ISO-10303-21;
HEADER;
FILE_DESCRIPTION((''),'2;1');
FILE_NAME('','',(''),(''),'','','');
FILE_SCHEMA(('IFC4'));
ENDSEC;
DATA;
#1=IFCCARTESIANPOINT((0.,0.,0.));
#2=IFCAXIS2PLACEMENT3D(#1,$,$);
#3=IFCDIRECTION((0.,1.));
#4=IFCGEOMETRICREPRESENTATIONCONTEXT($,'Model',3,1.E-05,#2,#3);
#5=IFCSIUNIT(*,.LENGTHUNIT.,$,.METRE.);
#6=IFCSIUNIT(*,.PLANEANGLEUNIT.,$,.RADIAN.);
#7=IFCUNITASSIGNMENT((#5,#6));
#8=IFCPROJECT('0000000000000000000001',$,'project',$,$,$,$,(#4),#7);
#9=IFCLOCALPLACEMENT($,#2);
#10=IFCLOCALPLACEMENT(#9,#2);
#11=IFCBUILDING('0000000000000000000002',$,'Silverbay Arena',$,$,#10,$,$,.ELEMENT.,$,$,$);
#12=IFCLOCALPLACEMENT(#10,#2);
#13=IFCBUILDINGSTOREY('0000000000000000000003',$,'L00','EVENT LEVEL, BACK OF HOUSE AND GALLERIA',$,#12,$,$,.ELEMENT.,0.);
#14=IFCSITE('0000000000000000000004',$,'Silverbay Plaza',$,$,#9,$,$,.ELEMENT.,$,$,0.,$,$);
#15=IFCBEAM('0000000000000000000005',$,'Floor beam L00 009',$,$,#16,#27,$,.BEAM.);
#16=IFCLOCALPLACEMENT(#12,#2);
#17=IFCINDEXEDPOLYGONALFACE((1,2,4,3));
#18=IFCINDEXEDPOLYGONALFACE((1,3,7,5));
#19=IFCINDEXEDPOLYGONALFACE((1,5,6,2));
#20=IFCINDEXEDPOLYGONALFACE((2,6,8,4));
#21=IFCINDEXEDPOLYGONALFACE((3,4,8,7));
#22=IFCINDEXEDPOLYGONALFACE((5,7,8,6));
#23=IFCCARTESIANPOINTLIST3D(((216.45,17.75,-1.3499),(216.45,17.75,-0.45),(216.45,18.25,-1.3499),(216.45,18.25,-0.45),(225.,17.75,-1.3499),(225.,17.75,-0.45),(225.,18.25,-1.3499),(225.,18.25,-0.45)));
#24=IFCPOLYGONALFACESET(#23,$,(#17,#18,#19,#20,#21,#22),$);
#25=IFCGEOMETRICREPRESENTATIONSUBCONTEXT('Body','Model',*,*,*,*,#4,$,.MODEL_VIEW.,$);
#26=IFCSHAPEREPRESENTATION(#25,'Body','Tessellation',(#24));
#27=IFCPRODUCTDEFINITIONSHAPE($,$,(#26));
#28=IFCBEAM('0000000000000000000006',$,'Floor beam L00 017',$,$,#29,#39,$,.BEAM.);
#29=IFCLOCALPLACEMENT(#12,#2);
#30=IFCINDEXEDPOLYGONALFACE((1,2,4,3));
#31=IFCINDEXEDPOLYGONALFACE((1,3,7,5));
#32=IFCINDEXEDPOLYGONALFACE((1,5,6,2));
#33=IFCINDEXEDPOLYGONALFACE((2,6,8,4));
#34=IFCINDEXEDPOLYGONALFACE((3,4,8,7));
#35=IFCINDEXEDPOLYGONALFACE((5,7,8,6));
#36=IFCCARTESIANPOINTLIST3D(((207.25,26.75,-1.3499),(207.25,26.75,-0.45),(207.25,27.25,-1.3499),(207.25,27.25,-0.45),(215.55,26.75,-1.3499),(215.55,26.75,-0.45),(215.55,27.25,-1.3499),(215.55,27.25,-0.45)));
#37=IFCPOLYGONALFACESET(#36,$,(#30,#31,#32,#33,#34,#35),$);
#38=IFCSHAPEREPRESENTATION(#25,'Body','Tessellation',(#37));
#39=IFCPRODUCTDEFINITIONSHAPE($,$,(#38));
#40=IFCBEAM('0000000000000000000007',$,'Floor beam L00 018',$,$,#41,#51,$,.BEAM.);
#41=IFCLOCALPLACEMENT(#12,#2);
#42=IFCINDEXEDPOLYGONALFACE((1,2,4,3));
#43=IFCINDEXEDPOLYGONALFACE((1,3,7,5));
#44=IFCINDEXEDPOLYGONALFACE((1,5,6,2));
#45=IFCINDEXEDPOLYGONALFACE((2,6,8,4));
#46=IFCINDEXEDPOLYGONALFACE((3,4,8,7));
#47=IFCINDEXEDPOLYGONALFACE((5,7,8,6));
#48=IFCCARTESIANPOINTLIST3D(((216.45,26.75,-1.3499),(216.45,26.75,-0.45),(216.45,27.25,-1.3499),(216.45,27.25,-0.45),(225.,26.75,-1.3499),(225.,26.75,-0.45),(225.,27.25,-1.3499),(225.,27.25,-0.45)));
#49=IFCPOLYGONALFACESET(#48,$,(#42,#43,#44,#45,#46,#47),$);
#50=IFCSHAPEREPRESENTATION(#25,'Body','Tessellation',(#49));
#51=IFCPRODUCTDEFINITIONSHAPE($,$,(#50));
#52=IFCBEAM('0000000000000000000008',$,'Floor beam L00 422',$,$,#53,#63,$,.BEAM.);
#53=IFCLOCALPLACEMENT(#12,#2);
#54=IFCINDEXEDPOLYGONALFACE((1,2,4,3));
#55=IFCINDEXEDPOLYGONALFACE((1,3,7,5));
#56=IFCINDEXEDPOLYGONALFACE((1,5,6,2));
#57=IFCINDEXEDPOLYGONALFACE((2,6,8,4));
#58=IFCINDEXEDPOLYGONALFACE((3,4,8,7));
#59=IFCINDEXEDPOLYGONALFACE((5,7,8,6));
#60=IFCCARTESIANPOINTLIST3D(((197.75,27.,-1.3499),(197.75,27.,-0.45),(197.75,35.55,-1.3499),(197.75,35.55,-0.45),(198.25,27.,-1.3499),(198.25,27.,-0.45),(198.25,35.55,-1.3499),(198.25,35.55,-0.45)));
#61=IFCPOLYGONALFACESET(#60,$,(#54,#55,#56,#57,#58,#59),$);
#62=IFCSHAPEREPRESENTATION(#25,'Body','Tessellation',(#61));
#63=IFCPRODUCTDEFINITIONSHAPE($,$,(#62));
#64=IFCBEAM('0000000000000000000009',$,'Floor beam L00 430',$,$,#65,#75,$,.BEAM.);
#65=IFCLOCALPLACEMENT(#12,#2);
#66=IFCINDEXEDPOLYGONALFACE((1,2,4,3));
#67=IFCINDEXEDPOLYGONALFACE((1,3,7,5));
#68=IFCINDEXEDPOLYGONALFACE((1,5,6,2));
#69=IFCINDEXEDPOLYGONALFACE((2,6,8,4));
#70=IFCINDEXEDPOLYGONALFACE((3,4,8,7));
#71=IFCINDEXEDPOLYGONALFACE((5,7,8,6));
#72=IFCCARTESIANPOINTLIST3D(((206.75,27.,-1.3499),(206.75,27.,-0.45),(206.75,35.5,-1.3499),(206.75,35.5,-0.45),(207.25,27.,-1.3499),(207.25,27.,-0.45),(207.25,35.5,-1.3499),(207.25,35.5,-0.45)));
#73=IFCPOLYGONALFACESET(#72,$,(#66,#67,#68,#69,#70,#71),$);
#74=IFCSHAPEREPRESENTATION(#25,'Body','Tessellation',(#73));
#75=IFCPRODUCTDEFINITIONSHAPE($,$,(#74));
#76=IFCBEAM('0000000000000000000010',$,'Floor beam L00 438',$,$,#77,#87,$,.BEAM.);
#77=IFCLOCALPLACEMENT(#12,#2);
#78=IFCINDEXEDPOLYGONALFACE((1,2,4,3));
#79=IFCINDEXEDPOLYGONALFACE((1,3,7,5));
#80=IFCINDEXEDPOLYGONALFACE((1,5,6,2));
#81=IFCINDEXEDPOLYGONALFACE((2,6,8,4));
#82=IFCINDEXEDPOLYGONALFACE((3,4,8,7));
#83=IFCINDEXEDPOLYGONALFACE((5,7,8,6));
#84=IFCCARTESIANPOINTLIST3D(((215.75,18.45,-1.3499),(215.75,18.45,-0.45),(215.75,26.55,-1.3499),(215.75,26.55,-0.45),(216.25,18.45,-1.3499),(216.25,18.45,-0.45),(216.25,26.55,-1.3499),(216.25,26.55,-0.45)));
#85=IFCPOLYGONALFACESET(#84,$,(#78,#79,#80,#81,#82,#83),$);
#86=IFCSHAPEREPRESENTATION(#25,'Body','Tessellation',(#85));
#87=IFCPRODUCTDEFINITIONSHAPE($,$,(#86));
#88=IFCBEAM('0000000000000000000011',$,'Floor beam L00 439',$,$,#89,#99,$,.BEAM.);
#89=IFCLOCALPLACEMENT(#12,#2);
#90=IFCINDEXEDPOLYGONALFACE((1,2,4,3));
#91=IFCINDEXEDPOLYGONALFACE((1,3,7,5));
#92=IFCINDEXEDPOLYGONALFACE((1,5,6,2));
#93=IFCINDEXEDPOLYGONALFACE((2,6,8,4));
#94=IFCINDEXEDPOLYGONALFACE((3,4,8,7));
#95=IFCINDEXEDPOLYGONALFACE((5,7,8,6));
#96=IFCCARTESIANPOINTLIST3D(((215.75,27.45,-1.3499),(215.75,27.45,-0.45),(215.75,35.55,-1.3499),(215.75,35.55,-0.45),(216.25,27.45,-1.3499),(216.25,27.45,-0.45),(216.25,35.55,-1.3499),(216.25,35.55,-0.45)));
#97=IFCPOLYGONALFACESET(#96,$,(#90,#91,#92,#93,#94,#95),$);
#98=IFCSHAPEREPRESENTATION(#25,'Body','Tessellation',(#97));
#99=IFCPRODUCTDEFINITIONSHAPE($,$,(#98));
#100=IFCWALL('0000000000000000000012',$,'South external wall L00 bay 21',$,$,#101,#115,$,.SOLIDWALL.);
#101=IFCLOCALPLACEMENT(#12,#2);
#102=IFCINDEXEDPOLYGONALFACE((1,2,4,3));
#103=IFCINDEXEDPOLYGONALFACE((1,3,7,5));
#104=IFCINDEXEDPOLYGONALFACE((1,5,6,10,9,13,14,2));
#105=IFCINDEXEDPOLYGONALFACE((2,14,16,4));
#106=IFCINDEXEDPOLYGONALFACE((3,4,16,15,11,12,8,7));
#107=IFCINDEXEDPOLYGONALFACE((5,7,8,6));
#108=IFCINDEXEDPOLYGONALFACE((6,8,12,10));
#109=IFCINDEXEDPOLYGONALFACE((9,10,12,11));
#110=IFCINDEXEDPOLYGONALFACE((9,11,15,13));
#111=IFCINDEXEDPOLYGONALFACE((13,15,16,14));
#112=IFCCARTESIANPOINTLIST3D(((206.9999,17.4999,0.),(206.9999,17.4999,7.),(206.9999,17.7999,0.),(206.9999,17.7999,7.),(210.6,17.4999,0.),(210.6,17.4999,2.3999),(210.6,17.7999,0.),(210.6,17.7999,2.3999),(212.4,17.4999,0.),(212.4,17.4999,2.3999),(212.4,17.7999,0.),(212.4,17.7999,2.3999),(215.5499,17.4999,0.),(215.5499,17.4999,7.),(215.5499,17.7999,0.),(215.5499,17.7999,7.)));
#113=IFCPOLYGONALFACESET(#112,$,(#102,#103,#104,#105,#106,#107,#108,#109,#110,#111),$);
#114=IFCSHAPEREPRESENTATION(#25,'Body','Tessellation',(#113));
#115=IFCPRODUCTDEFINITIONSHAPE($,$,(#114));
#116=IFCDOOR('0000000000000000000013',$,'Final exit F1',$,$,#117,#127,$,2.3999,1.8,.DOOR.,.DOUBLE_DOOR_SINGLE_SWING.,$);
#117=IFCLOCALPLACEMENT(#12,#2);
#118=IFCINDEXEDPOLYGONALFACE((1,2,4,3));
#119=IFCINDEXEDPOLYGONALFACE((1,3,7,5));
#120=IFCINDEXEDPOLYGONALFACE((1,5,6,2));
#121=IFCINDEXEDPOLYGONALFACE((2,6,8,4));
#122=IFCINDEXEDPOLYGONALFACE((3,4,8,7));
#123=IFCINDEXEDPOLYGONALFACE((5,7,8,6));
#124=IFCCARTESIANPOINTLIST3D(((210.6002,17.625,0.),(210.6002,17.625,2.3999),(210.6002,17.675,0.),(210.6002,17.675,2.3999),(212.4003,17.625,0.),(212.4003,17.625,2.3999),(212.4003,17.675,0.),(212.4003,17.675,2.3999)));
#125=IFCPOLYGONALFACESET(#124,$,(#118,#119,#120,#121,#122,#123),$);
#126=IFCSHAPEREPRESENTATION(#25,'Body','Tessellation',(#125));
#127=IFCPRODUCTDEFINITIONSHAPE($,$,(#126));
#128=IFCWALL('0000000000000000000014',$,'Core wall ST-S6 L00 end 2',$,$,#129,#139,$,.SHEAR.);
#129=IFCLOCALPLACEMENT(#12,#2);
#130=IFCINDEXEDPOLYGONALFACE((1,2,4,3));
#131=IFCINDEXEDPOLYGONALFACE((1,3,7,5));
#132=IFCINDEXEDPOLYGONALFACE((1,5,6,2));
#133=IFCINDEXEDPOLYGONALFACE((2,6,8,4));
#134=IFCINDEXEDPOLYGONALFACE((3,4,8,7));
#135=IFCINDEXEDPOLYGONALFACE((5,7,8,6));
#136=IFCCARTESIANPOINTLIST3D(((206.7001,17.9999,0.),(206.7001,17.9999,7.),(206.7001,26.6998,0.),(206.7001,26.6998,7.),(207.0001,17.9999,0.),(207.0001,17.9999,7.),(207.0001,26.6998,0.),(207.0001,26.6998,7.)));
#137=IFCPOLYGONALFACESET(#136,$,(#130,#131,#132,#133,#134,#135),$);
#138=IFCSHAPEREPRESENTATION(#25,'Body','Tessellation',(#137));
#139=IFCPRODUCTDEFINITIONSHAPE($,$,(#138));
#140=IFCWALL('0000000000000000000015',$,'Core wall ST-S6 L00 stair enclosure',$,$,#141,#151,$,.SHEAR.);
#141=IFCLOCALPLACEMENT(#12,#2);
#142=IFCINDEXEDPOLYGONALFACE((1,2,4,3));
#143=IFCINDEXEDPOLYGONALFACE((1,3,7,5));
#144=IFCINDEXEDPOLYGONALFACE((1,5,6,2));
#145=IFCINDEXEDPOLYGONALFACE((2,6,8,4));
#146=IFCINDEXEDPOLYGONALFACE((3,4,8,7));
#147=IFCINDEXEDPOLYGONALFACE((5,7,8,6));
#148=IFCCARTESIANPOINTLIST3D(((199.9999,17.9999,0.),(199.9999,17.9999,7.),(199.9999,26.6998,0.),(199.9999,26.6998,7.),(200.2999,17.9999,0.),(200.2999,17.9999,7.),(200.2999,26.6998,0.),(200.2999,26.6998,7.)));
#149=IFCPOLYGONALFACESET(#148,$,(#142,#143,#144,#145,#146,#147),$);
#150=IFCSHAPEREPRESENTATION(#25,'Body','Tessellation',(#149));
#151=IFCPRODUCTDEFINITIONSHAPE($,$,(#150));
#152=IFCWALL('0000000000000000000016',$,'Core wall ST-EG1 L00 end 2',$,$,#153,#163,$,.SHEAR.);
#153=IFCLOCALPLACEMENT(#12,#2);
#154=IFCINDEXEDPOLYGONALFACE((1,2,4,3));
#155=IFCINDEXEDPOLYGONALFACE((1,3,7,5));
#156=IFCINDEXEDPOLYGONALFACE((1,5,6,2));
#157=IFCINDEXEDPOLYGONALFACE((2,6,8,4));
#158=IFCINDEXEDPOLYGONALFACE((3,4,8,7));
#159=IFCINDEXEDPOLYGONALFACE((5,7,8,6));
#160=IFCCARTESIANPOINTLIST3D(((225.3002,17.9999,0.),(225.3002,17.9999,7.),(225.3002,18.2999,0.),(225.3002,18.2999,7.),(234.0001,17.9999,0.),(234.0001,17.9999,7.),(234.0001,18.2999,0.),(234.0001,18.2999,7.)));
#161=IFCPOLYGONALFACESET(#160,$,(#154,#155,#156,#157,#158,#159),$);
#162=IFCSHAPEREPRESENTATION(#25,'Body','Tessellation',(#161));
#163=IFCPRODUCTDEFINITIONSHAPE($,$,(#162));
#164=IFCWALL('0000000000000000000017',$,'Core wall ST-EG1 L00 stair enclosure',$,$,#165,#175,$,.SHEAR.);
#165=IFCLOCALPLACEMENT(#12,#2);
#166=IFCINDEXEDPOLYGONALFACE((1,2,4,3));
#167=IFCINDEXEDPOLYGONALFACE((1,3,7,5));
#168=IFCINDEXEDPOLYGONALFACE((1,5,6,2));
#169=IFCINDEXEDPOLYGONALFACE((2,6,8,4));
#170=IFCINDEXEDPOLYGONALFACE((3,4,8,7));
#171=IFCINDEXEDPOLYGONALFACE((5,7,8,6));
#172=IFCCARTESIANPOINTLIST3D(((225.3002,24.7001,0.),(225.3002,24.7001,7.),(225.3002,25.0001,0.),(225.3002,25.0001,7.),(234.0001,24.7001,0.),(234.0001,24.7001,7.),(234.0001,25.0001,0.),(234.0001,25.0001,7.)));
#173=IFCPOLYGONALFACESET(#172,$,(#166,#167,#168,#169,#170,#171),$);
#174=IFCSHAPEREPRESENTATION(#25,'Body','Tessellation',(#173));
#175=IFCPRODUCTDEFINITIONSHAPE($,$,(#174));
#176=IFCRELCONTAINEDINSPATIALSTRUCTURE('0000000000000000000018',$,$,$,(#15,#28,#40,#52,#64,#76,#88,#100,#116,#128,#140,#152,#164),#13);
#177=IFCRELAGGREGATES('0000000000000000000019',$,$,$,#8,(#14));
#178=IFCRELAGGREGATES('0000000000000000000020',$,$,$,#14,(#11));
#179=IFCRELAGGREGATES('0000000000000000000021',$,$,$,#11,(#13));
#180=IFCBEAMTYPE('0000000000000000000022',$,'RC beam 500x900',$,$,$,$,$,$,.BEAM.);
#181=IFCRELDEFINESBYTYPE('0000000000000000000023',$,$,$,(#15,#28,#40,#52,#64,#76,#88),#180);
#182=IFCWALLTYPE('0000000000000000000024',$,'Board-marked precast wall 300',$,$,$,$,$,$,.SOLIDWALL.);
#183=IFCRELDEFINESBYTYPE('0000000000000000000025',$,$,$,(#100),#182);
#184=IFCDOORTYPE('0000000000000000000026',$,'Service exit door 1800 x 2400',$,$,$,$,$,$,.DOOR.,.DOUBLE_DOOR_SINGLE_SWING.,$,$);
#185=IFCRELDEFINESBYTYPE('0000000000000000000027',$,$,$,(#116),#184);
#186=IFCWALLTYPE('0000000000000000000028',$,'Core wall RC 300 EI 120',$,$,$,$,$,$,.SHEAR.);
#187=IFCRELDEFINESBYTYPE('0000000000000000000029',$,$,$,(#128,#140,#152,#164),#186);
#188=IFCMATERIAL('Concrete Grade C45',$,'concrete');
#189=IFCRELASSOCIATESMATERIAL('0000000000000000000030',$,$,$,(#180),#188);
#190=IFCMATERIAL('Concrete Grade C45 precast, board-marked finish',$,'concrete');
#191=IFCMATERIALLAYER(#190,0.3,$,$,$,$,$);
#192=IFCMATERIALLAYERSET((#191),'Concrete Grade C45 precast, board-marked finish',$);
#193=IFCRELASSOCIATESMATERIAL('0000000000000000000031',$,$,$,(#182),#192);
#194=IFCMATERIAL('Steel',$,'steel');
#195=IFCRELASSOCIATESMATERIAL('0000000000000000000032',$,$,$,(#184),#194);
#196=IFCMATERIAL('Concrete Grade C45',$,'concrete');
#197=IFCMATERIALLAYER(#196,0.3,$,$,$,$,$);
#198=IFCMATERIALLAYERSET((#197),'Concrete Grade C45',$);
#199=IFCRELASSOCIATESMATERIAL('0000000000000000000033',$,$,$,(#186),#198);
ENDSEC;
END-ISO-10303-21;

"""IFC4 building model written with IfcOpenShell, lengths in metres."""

from ifc_helpers import new_model, si_unit, direction, frame, frame_2d, origin, origin_2d, place, context, subcontext, project, spatial, rectangle, extrude, material, layer, layer_set, material_profile, profile_set, type_object, element, fill, save


model = new_model("IFC4")

# Units and contexts
model_context = context("Model", 3, precision=1e-05, world=origin(), true_north=direction((0.0, 1.0)))
body_context = subcontext(model_context, "Body", "Model", "MODEL_VIEW")
ifc_project = project(units=[si_unit("LENGTHUNIT", "METRE"), si_unit("PLANEANGLEUNIT", "RADIAN")], contexts=[model_context])

# Site, building, storey
site_placement = place(None, origin())
site = spatial("IfcSite", under=ifc_project, at=site_placement, Name="Silverbay Plaza", CompositionType="ELEMENT", RefElevation=0.0)
building_placement = place(site_placement, origin())
building = spatial("IfcBuilding", under=site, at=building_placement, Name="Silverbay Arena", CompositionType="ELEMENT")
storey_placement = place(building_placement, origin())
storey = spatial("IfcBuildingStorey", under=building, at=storey_placement, Name="L00", Description="EVENT LEVEL, BACK OF HOUSE AND GALLERIA", CompositionType="ELEMENT", Elevation=0.0)

# Beams
ifc_material_1 = material(Name="Concrete Grade C45", Category="concrete")
ifc_material_profile_1 = material_profile(ifc_material_1, rectangle(XDim=0.5, YDim=0.8999, at=origin_2d()), Name="RC 500x900")
ifc_profile_set_1 = profile_set([ifc_material_profile_1], Name="Concrete Grade C45")
beam_type = type_object("IfcBeamType", Name="RC beam 500x900", PredefinedType="BEAM", material=ifc_profile_set_1)
for number, where, z_axis, x_axis, name in (
    (1, (216.45, 18.0, -0.8999), (1.0, 0.0, 0.0), (0.0, 1.0, 0.0), "Floor beam L00 009"),
):
    element("IfcBeam", number, at=place(storey_placement, frame(where, z_axis=z_axis, x_axis=x_axis)), inside=storey, type_object=beam_type, Name=name, PredefinedType="BEAM", context=body_context, shape_type="SweptSolid", body=[
        extrude(rectangle(XDim=0.5, YDim=0.8999, at=origin_2d()), origin(), (0.0, 0.0, 1.0), 8.55),
    ])
beam_1_placement = place(storey_placement, frame((207.25, 27.0, -0.8999), z_axis=(1.0, 0.0, 0.0), x_axis=(0.0, 1.0, 0.0)))
element("IfcBeam", 2, at=beam_1_placement, inside=storey, type_object=beam_type, Name="Floor beam L00 017", PredefinedType="BEAM", context=body_context, shape_type="SweptSolid", body=[
    extrude(rectangle(XDim=0.5, YDim=0.8999, at=origin_2d()), origin(), (0.0, 0.0, 1.0), 8.3),
])
for number, where, z_axis, x_axis, name in (
    (3, (216.45, 27.0, -0.8999), (1.0, 0.0, 0.0), (0.0, 1.0, 0.0), "Floor beam L00 018"),
    (4, (198.0, 27.0, -0.8999), (0.0, 1.0, 0.0), (-1.0, 0.0, 0.0), "Floor beam L00 422"),
):
    element("IfcBeam", number, at=place(storey_placement, frame(where, z_axis=z_axis, x_axis=x_axis)), inside=storey, type_object=beam_type, Name=name, PredefinedType="BEAM", context=body_context, shape_type="SweptSolid", body=[
        extrude(rectangle(XDim=0.5, YDim=0.8999, at=origin_2d()), origin(), (0.0, 0.0, 1.0), 8.55),
    ])
beam_2_placement = place(storey_placement, frame((207.0, 27.0, -0.8999), z_axis=(0.0, 1.0, 0.0), x_axis=(-1.0, 0.0, 0.0)))
element("IfcBeam", 5, at=beam_2_placement, inside=storey, type_object=beam_type, Name="Floor beam L00 430", PredefinedType="BEAM", context=body_context, shape_type="SweptSolid", body=[
    extrude(rectangle(XDim=0.5, YDim=0.8999, at=origin_2d()), origin(), (0.0, 0.0, 1.0), 8.5),
])
for number, where, z_axis, x_axis, name in (
    (6, (216.0, 18.45, -0.8999), (0.0, 1.0, 0.0), (-1.0, 0.0, 0.0), "Floor beam L00 438"),
    (7, (216.0, 27.45, -0.8999), (0.0, 1.0, 0.0), (-1.0, 0.0, 0.0), "Floor beam L00 439"),
):
    element("IfcBeam", number, at=place(storey_placement, frame(where, z_axis=z_axis, x_axis=x_axis)), inside=storey, type_object=beam_type, Name=name, PredefinedType="BEAM", context=body_context, shape_type="SweptSolid", body=[
        extrude(rectangle(XDim=0.5, YDim=0.8999, at=origin_2d()), origin(), (0.0, 0.0, 1.0), 8.1001),
    ])

# Wall, opening, door
ifc_material_2 = material(Name="Concrete Grade C45 precast, board-marked finish", Category="concrete")
ifc_layer_1 = layer(ifc_material_2, 0.3)
ifc_layer_set_1 = layer_set([ifc_layer_1], Name="Concrete Grade C45 precast, board-marked finish")
wall_type_1 = type_object("IfcWallType", Name="Board-marked precast wall 300", PredefinedType="SOLIDWALL", material=ifc_layer_set_1)
wall_1_placement = place(storey_placement, frame((207.0, 17.6499, 0.0), z_axis=(0.0, 0.0, 1.0), x_axis=(1.0, 0.0, 0.0)))
wall_1 = element("IfcWall", 8, at=wall_1_placement, inside=storey, type_object=wall_type_1, Name="South external wall L00 bay 21", PredefinedType="SOLIDWALL", context=body_context, shape_type="SweptSolid", body=[
    extrude(rectangle(XDim=8.55, YDim=0.3, at=frame_2d((4.2749, 0.0))), origin(), (0.0, 0.0, 1.0), 7.0),
])
opening_1_placement = place(wall_1_placement, frame((3.6001, 0.0, 0.0)))
opening_1 = element("IfcOpeningElement", 9, at=opening_1_placement, cuts=wall_1, PredefinedType="OPENING", context=body_context, shape_type="SweptSolid", body=[
    extrude(rectangle(XDim=1.8, YDim=2.3999, at=frame_2d((0.8999, 1.2))), frame((0.0, 0.1602, 0.0), z_axis=(0.0, -1.0, 0.0), x_axis=(1.0, 0.0, 0.0)), (0.0, 0.0, 1.0), 0.3201),
])
ifc_material_3 = material(Name="Steel", Category="steel")
door_type_1 = type_object("IfcDoorType", Name="Service exit door 1800 x 2400", OperationType="DOUBLE_DOOR_SINGLE_SWING", PredefinedType="DOOR", material=ifc_material_3)
door_1_placement = place(opening_1_placement, frame((1.8, 0.0, 0.0), z_axis=(0.0, 0.0, 1.0), x_axis=(-1.0, 0.0, 0.0)))
door_1 = element("IfcDoor", 10, at=door_1_placement, inside=storey, type_object=door_type_1, Name="Final exit F1", OperationType="DOUBLE_DOOR_SINGLE_SWING", OverallHeight=2.3999, OverallWidth=1.8, PredefinedType="DOOR", context=body_context, shape_type="SweptSolid", body=[
    extrude(rectangle(XDim=1.8, YDim=2.3999, at=frame_2d((0.8999, 1.2))), frame((0.0, 0.0249, 0.0), z_axis=(0.0, -1.0, 0.0), x_axis=(1.0, 0.0, 0.0)), (0.0, 0.0, 1.0), 0.05),
])
fill(opening_1, door_1)

# Walls
ifc_material_4 = material(Name="Concrete Grade C45", Category="concrete")
ifc_layer_2 = layer(ifc_material_4, 0.3)
ifc_layer_set_2 = layer_set([ifc_layer_2], Name="Concrete Grade C45")
wall_type_2 = type_object("IfcWallType", Name="Core wall RC 300 EI 120", PredefinedType="SHEAR", material=ifc_layer_set_2)
for number, where, z_axis, x_axis, name in (
    (11, (206.8501, 26.7, 0.0), (0.0, 0.0, 1.0), (0.0, -1.0, 0.0), "Core wall ST-S6 L00 end 2"),
    (12, (200.1499, 26.7, 0.0), (0.0, 0.0, 1.0), (0.0, -1.0, 0.0), "Core wall ST-S6 L00 stair enclosure"),
    (13, (225.3, 18.1499, 0.0), (0.0, 0.0, 1.0), (1.0, 0.0, 0.0), "Core wall ST-EG1 L00 end 2"),
    (14, (225.3, 24.8501, 0.0), (0.0, 0.0, 1.0), (1.0, 0.0, 0.0), "Core wall ST-EG1 L00 stair enclosure"),
):
    element("IfcWall", number, at=place(storey_placement, frame(where, z_axis=z_axis, x_axis=x_axis)), inside=storey, type_object=wall_type_2, Name=name, PredefinedType="SHEAR", context=body_context, shape_type="SweptSolid", body=[
        extrude(rectangle(XDim=8.7, YDim=0.3, at=frame_2d((4.3501, 0.0))), origin(), (0.0, 0.0, 1.0), 7.0),
    ])

save(model, "model.ifc")
